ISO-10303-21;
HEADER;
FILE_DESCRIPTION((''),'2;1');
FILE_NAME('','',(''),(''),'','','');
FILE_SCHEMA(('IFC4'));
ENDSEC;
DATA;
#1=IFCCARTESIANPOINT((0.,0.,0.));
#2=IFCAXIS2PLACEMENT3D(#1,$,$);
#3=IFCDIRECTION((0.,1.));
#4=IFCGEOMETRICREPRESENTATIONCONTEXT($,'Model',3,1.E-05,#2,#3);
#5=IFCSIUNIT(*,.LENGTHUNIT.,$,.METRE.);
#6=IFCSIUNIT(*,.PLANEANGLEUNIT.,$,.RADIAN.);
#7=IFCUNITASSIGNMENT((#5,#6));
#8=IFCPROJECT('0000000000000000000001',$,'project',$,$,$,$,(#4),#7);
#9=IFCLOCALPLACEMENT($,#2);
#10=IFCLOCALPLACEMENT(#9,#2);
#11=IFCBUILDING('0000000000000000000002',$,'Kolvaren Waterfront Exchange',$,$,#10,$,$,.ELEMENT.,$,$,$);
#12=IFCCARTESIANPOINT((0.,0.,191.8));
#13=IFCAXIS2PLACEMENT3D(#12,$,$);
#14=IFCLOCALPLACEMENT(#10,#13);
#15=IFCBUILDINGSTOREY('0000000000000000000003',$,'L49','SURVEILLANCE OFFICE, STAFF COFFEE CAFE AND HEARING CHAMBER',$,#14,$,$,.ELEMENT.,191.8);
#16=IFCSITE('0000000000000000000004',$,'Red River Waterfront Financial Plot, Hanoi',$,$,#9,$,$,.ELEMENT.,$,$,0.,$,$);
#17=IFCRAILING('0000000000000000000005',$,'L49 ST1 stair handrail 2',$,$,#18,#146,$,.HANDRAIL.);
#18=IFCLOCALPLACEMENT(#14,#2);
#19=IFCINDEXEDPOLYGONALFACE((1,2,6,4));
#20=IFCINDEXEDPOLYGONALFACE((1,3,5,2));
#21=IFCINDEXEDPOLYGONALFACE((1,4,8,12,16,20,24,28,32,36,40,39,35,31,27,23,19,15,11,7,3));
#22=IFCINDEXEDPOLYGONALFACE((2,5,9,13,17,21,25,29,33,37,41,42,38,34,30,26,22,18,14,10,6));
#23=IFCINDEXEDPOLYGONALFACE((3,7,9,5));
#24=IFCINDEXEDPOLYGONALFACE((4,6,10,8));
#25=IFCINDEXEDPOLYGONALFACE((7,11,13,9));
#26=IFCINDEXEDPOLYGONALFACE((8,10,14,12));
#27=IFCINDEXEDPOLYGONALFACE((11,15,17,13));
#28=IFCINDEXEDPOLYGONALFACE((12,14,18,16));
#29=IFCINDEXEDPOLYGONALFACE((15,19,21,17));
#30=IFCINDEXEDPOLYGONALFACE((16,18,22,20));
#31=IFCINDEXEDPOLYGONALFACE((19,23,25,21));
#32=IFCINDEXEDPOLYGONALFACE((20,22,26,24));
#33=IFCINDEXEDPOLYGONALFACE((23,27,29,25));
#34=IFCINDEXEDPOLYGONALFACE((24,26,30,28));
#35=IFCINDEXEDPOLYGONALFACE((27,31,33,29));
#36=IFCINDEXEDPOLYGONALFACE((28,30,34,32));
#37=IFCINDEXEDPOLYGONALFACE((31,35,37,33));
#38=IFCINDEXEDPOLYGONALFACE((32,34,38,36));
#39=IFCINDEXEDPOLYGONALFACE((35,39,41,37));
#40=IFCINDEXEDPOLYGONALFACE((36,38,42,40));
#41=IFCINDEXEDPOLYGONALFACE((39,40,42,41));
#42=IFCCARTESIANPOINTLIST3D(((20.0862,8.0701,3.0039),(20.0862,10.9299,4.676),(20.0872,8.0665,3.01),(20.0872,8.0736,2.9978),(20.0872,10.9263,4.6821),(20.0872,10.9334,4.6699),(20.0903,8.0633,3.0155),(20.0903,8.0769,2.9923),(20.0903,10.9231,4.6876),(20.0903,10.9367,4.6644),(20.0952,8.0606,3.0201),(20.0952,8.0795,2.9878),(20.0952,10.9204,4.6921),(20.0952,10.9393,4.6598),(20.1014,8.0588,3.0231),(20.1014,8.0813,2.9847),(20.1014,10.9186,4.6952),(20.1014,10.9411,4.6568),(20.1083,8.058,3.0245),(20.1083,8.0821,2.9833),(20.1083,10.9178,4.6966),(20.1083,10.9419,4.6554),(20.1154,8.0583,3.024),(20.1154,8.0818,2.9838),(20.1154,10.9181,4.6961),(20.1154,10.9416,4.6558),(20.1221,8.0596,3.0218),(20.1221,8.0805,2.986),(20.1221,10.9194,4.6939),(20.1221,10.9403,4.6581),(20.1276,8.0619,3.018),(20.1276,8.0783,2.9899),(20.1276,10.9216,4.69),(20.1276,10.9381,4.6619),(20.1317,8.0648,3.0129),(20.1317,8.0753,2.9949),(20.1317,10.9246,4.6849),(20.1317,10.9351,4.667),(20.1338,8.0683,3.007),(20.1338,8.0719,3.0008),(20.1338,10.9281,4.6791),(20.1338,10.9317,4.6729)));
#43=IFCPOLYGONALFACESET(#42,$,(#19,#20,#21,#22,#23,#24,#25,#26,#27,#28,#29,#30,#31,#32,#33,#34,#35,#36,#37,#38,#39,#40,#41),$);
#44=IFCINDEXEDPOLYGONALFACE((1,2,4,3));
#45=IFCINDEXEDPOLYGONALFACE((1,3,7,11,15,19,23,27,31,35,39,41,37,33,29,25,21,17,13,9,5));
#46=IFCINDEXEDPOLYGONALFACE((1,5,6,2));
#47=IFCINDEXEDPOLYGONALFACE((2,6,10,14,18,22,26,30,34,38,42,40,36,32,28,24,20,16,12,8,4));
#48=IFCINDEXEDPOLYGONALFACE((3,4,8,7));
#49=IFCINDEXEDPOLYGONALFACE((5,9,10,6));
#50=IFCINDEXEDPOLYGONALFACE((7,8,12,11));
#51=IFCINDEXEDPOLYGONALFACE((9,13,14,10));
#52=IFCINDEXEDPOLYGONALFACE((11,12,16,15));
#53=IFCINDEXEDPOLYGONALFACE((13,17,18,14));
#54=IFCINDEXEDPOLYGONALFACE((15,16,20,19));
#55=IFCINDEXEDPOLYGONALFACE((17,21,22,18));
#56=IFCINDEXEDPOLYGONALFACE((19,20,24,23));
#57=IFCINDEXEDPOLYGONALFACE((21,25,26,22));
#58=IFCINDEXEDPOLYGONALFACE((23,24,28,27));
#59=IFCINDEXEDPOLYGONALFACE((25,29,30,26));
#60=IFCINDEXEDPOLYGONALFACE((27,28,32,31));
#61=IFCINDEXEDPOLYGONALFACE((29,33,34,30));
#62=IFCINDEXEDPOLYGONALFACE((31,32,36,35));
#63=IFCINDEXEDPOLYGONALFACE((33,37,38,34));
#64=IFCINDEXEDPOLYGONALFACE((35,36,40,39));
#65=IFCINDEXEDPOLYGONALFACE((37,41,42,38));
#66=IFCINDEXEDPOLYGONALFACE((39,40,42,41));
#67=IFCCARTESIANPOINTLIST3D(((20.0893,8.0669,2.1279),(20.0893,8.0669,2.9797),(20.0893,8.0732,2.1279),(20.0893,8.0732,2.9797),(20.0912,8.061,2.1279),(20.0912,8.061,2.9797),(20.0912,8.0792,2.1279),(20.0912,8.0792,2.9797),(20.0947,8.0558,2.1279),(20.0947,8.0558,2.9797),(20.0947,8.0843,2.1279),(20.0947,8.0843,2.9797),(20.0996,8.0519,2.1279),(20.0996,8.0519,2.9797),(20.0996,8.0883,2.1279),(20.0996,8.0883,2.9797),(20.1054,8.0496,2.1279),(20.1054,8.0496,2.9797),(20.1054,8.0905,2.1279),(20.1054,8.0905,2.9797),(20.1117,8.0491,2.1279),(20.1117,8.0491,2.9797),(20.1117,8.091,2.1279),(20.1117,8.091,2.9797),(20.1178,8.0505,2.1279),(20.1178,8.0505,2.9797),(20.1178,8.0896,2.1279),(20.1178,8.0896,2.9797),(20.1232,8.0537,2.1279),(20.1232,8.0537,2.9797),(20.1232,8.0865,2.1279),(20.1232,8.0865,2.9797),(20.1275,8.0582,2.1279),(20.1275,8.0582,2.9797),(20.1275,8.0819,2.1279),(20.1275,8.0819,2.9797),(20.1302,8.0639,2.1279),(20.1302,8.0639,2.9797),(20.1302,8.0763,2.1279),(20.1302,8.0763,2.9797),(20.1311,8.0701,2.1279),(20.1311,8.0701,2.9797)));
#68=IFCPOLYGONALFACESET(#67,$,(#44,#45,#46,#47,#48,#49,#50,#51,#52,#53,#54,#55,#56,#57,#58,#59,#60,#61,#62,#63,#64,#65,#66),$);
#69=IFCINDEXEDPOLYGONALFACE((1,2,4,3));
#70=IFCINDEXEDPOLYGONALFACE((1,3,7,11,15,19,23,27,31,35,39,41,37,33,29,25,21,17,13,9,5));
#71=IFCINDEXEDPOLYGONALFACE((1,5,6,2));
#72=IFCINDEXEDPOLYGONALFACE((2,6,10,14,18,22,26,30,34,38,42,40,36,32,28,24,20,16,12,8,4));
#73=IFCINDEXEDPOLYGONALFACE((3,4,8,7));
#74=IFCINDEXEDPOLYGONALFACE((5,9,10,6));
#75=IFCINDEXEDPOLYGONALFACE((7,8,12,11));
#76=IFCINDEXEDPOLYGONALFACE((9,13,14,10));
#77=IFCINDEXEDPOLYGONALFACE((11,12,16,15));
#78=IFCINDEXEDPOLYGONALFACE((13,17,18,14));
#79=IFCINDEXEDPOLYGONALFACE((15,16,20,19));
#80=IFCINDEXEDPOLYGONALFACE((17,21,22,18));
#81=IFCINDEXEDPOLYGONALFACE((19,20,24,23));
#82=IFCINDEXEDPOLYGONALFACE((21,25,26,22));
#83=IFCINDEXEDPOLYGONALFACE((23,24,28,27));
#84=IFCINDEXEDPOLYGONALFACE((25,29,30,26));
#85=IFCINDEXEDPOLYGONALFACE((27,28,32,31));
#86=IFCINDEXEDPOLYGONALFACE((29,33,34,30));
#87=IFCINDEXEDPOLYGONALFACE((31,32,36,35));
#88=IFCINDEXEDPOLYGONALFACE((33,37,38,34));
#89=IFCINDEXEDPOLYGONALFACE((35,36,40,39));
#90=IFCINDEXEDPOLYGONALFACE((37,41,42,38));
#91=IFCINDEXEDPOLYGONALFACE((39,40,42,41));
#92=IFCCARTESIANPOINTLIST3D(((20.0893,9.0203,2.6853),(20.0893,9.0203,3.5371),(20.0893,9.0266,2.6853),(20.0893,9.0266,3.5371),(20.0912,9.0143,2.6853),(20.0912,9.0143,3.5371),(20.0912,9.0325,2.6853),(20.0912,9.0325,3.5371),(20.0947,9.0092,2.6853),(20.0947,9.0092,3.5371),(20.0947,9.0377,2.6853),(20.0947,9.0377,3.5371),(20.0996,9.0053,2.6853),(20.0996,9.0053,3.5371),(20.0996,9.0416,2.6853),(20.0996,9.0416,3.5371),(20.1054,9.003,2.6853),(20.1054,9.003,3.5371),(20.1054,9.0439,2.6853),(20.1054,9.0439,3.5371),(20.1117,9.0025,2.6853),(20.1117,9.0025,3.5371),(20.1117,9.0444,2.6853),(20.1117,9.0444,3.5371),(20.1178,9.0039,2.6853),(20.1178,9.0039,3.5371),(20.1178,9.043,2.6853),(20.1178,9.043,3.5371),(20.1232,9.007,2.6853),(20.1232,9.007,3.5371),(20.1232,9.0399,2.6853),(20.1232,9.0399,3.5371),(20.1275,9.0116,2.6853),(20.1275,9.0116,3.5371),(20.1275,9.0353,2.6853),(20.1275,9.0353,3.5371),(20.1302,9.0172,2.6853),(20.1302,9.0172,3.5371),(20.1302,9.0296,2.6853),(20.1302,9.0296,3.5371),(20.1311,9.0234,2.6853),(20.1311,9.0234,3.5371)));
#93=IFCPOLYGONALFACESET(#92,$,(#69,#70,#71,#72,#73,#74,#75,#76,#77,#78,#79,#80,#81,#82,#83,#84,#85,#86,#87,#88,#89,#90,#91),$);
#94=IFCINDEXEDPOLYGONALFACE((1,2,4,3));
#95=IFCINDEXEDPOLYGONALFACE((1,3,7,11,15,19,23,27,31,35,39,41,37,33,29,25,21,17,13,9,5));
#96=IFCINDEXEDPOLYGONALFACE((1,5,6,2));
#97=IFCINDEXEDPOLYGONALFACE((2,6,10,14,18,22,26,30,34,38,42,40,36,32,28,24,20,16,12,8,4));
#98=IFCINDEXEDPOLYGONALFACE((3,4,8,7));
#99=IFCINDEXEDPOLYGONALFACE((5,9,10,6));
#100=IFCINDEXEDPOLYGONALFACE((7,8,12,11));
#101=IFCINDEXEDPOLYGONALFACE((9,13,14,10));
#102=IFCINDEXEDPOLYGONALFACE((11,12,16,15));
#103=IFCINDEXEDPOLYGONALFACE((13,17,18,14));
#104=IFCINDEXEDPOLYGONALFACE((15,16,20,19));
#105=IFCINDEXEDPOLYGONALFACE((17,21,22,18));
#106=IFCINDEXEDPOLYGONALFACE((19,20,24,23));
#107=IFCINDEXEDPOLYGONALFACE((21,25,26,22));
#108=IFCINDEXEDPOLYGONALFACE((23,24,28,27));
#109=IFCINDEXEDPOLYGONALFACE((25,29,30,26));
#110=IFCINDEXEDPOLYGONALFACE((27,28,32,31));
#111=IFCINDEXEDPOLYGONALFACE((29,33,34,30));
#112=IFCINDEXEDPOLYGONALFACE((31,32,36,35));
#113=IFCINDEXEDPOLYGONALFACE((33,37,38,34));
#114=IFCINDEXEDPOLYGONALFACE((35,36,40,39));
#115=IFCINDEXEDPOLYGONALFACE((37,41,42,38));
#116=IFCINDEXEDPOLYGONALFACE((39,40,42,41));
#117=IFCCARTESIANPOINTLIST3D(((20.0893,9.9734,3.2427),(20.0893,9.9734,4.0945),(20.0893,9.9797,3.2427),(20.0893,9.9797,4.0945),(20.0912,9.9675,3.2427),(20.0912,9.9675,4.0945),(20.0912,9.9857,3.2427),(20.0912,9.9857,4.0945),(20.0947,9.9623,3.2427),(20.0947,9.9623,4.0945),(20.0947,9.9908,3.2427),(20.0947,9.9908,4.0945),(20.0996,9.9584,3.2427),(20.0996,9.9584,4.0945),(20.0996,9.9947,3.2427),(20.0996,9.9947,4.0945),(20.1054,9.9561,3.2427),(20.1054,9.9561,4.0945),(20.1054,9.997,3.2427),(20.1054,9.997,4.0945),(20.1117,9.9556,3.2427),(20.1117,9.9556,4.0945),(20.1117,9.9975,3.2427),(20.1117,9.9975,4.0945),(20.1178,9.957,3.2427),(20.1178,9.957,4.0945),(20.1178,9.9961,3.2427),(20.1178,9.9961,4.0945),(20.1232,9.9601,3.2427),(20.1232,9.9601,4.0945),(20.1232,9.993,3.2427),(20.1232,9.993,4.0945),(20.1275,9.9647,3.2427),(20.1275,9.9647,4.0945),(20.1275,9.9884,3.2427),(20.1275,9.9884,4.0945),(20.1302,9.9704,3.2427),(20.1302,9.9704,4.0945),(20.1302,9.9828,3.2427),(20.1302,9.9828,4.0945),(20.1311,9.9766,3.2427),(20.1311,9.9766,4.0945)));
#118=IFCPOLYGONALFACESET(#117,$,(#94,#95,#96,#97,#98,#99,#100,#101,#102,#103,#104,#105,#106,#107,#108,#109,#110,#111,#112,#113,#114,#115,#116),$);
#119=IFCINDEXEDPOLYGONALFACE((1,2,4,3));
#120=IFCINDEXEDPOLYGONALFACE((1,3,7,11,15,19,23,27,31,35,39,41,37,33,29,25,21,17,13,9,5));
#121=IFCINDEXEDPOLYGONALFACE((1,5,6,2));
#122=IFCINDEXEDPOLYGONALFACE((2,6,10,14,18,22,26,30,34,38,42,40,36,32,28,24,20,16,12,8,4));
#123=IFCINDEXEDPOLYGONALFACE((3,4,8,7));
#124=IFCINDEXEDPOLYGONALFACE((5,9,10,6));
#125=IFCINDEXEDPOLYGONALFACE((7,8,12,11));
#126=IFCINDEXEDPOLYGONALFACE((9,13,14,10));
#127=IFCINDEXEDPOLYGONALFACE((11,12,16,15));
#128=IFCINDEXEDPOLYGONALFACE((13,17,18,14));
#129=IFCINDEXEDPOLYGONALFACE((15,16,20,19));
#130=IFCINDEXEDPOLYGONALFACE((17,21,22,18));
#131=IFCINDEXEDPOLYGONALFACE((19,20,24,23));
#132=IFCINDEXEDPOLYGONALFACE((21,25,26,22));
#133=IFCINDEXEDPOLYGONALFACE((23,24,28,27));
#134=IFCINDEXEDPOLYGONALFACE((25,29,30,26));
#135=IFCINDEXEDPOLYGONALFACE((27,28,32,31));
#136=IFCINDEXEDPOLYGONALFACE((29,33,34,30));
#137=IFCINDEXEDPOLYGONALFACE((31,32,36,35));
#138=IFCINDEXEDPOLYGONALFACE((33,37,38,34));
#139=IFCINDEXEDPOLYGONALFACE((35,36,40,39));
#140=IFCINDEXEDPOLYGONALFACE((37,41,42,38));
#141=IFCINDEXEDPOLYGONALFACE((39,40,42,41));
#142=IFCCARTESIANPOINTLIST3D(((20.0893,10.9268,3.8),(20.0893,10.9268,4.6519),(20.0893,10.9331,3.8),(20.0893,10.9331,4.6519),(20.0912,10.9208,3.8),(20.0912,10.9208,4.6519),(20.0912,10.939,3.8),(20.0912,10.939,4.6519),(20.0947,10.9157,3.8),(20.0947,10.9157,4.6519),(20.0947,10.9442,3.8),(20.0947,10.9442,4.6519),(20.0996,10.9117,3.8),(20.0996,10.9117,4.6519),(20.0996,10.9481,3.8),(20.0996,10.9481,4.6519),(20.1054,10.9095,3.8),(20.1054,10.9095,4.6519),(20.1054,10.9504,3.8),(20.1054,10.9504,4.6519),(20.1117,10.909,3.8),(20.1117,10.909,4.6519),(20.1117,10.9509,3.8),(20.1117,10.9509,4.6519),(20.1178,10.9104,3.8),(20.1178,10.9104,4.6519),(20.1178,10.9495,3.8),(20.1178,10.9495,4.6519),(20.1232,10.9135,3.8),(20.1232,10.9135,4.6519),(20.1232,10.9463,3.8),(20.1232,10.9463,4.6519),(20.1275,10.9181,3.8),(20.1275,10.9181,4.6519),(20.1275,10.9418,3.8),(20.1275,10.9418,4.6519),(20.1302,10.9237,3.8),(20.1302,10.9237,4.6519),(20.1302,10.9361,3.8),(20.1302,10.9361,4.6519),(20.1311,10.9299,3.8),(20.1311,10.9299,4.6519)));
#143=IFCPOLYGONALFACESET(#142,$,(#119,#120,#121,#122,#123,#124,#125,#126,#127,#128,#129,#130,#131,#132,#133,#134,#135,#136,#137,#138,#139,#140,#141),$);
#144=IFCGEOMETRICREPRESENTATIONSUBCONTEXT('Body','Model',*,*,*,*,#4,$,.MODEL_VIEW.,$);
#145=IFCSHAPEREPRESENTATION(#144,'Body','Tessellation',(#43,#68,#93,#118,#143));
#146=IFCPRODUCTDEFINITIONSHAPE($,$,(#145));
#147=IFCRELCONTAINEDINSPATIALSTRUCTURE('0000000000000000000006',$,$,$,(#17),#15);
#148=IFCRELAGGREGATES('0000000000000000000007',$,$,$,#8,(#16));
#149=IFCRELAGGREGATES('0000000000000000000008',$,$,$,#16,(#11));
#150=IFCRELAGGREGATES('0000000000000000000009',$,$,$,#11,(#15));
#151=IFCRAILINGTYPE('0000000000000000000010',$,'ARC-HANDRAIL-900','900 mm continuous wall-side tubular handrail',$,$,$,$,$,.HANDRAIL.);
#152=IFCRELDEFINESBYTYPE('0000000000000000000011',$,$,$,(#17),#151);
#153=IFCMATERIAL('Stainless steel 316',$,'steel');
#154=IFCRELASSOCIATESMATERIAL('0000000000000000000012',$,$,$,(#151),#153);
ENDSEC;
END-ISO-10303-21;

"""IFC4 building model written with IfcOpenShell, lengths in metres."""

from ifc_helpers import new_model, si_unit, direction, frame, origin, origin_2d, place, context, subcontext, project, spatial, circle, extrude, material, type_object, element, save


model = new_model("IFC4")

# Units and contexts
model_context = context("Model", 3, precision=1e-05, world=origin(), true_north=direction((0.0, 1.0)))
body_context = subcontext(model_context, "Body", "Model", "MODEL_VIEW")
ifc_project = project(units=[si_unit("LENGTHUNIT", "METRE"), si_unit("PLANEANGLEUNIT", "RADIAN")], contexts=[model_context])

# Site, building, storey
site_placement = place(None, origin())
site = spatial("IfcSite", under=ifc_project, at=site_placement, Name="Red River Waterfront Financial Plot, Hanoi", CompositionType="ELEMENT", RefElevation=0.0)
building_placement = place(site_placement, origin())
building = spatial("IfcBuilding", under=site, at=building_placement, Name="Kolvaren Waterfront Exchange", CompositionType="ELEMENT")
storey_placement = place(building_placement, frame((0.0, 0.0, 191.8)))
storey = spatial("IfcBuildingStorey", under=building, at=storey_placement, Name="L49", Description="SURVEILLANCE OFFICE, STAFF COFFEE CAFE AND HEARING CHAMBER", CompositionType="ELEMENT", Elevation=191.8)

# Railing
ifc_material_1 = material(Name="Stainless steel 316", Category="steel")
railing_type_1 = type_object("IfcRailingType", Name="ARC-HANDRAIL-900", Description="900 mm continuous wall-side tubular handrail", PredefinedType="HANDRAIL", material=ifc_material_1)
railing_1_placement = place(storey_placement, frame((20.1101, 8.0701, 2.1279)))
element("IfcRailing", 1, at=railing_1_placement, inside=storey, type_object=railing_type_1, Name="L49 ST1 stair handrail 2", PredefinedType="HANDRAIL", context=body_context, shape_type="SweptSolid", body=[
    extrude(circle(Radius=0.0239, at=origin_2d()), frame((0.0, 0.0, 0.876), z_axis=(0.0, 0.863271, 0.504741), x_axis=(-1.0, 0.0, 0.0)), (0.0, 0.0, 1.0), 3.3127),
    extrude(circle(Radius=0.021, at=origin_2d()), origin(), (0.0, 0.0, 1.0), 0.8518),
    extrude(circle(Radius=0.021, at=origin_2d()), frame((0.0, 0.9534, 0.5574)), (0.0, 0.0, 1.0), 0.8518),
    extrude(circle(Radius=0.021, at=origin_2d()), frame((0.0, 1.9065, 1.1147)), (0.0, 0.0, 1.0), 0.8518),
    extrude(circle(Radius=0.021, at=origin_2d()), frame((0.0, 2.8599, 1.6721)), (0.0, 0.0, 1.0), 0.8518),
])

save(model, "model.ifc")
